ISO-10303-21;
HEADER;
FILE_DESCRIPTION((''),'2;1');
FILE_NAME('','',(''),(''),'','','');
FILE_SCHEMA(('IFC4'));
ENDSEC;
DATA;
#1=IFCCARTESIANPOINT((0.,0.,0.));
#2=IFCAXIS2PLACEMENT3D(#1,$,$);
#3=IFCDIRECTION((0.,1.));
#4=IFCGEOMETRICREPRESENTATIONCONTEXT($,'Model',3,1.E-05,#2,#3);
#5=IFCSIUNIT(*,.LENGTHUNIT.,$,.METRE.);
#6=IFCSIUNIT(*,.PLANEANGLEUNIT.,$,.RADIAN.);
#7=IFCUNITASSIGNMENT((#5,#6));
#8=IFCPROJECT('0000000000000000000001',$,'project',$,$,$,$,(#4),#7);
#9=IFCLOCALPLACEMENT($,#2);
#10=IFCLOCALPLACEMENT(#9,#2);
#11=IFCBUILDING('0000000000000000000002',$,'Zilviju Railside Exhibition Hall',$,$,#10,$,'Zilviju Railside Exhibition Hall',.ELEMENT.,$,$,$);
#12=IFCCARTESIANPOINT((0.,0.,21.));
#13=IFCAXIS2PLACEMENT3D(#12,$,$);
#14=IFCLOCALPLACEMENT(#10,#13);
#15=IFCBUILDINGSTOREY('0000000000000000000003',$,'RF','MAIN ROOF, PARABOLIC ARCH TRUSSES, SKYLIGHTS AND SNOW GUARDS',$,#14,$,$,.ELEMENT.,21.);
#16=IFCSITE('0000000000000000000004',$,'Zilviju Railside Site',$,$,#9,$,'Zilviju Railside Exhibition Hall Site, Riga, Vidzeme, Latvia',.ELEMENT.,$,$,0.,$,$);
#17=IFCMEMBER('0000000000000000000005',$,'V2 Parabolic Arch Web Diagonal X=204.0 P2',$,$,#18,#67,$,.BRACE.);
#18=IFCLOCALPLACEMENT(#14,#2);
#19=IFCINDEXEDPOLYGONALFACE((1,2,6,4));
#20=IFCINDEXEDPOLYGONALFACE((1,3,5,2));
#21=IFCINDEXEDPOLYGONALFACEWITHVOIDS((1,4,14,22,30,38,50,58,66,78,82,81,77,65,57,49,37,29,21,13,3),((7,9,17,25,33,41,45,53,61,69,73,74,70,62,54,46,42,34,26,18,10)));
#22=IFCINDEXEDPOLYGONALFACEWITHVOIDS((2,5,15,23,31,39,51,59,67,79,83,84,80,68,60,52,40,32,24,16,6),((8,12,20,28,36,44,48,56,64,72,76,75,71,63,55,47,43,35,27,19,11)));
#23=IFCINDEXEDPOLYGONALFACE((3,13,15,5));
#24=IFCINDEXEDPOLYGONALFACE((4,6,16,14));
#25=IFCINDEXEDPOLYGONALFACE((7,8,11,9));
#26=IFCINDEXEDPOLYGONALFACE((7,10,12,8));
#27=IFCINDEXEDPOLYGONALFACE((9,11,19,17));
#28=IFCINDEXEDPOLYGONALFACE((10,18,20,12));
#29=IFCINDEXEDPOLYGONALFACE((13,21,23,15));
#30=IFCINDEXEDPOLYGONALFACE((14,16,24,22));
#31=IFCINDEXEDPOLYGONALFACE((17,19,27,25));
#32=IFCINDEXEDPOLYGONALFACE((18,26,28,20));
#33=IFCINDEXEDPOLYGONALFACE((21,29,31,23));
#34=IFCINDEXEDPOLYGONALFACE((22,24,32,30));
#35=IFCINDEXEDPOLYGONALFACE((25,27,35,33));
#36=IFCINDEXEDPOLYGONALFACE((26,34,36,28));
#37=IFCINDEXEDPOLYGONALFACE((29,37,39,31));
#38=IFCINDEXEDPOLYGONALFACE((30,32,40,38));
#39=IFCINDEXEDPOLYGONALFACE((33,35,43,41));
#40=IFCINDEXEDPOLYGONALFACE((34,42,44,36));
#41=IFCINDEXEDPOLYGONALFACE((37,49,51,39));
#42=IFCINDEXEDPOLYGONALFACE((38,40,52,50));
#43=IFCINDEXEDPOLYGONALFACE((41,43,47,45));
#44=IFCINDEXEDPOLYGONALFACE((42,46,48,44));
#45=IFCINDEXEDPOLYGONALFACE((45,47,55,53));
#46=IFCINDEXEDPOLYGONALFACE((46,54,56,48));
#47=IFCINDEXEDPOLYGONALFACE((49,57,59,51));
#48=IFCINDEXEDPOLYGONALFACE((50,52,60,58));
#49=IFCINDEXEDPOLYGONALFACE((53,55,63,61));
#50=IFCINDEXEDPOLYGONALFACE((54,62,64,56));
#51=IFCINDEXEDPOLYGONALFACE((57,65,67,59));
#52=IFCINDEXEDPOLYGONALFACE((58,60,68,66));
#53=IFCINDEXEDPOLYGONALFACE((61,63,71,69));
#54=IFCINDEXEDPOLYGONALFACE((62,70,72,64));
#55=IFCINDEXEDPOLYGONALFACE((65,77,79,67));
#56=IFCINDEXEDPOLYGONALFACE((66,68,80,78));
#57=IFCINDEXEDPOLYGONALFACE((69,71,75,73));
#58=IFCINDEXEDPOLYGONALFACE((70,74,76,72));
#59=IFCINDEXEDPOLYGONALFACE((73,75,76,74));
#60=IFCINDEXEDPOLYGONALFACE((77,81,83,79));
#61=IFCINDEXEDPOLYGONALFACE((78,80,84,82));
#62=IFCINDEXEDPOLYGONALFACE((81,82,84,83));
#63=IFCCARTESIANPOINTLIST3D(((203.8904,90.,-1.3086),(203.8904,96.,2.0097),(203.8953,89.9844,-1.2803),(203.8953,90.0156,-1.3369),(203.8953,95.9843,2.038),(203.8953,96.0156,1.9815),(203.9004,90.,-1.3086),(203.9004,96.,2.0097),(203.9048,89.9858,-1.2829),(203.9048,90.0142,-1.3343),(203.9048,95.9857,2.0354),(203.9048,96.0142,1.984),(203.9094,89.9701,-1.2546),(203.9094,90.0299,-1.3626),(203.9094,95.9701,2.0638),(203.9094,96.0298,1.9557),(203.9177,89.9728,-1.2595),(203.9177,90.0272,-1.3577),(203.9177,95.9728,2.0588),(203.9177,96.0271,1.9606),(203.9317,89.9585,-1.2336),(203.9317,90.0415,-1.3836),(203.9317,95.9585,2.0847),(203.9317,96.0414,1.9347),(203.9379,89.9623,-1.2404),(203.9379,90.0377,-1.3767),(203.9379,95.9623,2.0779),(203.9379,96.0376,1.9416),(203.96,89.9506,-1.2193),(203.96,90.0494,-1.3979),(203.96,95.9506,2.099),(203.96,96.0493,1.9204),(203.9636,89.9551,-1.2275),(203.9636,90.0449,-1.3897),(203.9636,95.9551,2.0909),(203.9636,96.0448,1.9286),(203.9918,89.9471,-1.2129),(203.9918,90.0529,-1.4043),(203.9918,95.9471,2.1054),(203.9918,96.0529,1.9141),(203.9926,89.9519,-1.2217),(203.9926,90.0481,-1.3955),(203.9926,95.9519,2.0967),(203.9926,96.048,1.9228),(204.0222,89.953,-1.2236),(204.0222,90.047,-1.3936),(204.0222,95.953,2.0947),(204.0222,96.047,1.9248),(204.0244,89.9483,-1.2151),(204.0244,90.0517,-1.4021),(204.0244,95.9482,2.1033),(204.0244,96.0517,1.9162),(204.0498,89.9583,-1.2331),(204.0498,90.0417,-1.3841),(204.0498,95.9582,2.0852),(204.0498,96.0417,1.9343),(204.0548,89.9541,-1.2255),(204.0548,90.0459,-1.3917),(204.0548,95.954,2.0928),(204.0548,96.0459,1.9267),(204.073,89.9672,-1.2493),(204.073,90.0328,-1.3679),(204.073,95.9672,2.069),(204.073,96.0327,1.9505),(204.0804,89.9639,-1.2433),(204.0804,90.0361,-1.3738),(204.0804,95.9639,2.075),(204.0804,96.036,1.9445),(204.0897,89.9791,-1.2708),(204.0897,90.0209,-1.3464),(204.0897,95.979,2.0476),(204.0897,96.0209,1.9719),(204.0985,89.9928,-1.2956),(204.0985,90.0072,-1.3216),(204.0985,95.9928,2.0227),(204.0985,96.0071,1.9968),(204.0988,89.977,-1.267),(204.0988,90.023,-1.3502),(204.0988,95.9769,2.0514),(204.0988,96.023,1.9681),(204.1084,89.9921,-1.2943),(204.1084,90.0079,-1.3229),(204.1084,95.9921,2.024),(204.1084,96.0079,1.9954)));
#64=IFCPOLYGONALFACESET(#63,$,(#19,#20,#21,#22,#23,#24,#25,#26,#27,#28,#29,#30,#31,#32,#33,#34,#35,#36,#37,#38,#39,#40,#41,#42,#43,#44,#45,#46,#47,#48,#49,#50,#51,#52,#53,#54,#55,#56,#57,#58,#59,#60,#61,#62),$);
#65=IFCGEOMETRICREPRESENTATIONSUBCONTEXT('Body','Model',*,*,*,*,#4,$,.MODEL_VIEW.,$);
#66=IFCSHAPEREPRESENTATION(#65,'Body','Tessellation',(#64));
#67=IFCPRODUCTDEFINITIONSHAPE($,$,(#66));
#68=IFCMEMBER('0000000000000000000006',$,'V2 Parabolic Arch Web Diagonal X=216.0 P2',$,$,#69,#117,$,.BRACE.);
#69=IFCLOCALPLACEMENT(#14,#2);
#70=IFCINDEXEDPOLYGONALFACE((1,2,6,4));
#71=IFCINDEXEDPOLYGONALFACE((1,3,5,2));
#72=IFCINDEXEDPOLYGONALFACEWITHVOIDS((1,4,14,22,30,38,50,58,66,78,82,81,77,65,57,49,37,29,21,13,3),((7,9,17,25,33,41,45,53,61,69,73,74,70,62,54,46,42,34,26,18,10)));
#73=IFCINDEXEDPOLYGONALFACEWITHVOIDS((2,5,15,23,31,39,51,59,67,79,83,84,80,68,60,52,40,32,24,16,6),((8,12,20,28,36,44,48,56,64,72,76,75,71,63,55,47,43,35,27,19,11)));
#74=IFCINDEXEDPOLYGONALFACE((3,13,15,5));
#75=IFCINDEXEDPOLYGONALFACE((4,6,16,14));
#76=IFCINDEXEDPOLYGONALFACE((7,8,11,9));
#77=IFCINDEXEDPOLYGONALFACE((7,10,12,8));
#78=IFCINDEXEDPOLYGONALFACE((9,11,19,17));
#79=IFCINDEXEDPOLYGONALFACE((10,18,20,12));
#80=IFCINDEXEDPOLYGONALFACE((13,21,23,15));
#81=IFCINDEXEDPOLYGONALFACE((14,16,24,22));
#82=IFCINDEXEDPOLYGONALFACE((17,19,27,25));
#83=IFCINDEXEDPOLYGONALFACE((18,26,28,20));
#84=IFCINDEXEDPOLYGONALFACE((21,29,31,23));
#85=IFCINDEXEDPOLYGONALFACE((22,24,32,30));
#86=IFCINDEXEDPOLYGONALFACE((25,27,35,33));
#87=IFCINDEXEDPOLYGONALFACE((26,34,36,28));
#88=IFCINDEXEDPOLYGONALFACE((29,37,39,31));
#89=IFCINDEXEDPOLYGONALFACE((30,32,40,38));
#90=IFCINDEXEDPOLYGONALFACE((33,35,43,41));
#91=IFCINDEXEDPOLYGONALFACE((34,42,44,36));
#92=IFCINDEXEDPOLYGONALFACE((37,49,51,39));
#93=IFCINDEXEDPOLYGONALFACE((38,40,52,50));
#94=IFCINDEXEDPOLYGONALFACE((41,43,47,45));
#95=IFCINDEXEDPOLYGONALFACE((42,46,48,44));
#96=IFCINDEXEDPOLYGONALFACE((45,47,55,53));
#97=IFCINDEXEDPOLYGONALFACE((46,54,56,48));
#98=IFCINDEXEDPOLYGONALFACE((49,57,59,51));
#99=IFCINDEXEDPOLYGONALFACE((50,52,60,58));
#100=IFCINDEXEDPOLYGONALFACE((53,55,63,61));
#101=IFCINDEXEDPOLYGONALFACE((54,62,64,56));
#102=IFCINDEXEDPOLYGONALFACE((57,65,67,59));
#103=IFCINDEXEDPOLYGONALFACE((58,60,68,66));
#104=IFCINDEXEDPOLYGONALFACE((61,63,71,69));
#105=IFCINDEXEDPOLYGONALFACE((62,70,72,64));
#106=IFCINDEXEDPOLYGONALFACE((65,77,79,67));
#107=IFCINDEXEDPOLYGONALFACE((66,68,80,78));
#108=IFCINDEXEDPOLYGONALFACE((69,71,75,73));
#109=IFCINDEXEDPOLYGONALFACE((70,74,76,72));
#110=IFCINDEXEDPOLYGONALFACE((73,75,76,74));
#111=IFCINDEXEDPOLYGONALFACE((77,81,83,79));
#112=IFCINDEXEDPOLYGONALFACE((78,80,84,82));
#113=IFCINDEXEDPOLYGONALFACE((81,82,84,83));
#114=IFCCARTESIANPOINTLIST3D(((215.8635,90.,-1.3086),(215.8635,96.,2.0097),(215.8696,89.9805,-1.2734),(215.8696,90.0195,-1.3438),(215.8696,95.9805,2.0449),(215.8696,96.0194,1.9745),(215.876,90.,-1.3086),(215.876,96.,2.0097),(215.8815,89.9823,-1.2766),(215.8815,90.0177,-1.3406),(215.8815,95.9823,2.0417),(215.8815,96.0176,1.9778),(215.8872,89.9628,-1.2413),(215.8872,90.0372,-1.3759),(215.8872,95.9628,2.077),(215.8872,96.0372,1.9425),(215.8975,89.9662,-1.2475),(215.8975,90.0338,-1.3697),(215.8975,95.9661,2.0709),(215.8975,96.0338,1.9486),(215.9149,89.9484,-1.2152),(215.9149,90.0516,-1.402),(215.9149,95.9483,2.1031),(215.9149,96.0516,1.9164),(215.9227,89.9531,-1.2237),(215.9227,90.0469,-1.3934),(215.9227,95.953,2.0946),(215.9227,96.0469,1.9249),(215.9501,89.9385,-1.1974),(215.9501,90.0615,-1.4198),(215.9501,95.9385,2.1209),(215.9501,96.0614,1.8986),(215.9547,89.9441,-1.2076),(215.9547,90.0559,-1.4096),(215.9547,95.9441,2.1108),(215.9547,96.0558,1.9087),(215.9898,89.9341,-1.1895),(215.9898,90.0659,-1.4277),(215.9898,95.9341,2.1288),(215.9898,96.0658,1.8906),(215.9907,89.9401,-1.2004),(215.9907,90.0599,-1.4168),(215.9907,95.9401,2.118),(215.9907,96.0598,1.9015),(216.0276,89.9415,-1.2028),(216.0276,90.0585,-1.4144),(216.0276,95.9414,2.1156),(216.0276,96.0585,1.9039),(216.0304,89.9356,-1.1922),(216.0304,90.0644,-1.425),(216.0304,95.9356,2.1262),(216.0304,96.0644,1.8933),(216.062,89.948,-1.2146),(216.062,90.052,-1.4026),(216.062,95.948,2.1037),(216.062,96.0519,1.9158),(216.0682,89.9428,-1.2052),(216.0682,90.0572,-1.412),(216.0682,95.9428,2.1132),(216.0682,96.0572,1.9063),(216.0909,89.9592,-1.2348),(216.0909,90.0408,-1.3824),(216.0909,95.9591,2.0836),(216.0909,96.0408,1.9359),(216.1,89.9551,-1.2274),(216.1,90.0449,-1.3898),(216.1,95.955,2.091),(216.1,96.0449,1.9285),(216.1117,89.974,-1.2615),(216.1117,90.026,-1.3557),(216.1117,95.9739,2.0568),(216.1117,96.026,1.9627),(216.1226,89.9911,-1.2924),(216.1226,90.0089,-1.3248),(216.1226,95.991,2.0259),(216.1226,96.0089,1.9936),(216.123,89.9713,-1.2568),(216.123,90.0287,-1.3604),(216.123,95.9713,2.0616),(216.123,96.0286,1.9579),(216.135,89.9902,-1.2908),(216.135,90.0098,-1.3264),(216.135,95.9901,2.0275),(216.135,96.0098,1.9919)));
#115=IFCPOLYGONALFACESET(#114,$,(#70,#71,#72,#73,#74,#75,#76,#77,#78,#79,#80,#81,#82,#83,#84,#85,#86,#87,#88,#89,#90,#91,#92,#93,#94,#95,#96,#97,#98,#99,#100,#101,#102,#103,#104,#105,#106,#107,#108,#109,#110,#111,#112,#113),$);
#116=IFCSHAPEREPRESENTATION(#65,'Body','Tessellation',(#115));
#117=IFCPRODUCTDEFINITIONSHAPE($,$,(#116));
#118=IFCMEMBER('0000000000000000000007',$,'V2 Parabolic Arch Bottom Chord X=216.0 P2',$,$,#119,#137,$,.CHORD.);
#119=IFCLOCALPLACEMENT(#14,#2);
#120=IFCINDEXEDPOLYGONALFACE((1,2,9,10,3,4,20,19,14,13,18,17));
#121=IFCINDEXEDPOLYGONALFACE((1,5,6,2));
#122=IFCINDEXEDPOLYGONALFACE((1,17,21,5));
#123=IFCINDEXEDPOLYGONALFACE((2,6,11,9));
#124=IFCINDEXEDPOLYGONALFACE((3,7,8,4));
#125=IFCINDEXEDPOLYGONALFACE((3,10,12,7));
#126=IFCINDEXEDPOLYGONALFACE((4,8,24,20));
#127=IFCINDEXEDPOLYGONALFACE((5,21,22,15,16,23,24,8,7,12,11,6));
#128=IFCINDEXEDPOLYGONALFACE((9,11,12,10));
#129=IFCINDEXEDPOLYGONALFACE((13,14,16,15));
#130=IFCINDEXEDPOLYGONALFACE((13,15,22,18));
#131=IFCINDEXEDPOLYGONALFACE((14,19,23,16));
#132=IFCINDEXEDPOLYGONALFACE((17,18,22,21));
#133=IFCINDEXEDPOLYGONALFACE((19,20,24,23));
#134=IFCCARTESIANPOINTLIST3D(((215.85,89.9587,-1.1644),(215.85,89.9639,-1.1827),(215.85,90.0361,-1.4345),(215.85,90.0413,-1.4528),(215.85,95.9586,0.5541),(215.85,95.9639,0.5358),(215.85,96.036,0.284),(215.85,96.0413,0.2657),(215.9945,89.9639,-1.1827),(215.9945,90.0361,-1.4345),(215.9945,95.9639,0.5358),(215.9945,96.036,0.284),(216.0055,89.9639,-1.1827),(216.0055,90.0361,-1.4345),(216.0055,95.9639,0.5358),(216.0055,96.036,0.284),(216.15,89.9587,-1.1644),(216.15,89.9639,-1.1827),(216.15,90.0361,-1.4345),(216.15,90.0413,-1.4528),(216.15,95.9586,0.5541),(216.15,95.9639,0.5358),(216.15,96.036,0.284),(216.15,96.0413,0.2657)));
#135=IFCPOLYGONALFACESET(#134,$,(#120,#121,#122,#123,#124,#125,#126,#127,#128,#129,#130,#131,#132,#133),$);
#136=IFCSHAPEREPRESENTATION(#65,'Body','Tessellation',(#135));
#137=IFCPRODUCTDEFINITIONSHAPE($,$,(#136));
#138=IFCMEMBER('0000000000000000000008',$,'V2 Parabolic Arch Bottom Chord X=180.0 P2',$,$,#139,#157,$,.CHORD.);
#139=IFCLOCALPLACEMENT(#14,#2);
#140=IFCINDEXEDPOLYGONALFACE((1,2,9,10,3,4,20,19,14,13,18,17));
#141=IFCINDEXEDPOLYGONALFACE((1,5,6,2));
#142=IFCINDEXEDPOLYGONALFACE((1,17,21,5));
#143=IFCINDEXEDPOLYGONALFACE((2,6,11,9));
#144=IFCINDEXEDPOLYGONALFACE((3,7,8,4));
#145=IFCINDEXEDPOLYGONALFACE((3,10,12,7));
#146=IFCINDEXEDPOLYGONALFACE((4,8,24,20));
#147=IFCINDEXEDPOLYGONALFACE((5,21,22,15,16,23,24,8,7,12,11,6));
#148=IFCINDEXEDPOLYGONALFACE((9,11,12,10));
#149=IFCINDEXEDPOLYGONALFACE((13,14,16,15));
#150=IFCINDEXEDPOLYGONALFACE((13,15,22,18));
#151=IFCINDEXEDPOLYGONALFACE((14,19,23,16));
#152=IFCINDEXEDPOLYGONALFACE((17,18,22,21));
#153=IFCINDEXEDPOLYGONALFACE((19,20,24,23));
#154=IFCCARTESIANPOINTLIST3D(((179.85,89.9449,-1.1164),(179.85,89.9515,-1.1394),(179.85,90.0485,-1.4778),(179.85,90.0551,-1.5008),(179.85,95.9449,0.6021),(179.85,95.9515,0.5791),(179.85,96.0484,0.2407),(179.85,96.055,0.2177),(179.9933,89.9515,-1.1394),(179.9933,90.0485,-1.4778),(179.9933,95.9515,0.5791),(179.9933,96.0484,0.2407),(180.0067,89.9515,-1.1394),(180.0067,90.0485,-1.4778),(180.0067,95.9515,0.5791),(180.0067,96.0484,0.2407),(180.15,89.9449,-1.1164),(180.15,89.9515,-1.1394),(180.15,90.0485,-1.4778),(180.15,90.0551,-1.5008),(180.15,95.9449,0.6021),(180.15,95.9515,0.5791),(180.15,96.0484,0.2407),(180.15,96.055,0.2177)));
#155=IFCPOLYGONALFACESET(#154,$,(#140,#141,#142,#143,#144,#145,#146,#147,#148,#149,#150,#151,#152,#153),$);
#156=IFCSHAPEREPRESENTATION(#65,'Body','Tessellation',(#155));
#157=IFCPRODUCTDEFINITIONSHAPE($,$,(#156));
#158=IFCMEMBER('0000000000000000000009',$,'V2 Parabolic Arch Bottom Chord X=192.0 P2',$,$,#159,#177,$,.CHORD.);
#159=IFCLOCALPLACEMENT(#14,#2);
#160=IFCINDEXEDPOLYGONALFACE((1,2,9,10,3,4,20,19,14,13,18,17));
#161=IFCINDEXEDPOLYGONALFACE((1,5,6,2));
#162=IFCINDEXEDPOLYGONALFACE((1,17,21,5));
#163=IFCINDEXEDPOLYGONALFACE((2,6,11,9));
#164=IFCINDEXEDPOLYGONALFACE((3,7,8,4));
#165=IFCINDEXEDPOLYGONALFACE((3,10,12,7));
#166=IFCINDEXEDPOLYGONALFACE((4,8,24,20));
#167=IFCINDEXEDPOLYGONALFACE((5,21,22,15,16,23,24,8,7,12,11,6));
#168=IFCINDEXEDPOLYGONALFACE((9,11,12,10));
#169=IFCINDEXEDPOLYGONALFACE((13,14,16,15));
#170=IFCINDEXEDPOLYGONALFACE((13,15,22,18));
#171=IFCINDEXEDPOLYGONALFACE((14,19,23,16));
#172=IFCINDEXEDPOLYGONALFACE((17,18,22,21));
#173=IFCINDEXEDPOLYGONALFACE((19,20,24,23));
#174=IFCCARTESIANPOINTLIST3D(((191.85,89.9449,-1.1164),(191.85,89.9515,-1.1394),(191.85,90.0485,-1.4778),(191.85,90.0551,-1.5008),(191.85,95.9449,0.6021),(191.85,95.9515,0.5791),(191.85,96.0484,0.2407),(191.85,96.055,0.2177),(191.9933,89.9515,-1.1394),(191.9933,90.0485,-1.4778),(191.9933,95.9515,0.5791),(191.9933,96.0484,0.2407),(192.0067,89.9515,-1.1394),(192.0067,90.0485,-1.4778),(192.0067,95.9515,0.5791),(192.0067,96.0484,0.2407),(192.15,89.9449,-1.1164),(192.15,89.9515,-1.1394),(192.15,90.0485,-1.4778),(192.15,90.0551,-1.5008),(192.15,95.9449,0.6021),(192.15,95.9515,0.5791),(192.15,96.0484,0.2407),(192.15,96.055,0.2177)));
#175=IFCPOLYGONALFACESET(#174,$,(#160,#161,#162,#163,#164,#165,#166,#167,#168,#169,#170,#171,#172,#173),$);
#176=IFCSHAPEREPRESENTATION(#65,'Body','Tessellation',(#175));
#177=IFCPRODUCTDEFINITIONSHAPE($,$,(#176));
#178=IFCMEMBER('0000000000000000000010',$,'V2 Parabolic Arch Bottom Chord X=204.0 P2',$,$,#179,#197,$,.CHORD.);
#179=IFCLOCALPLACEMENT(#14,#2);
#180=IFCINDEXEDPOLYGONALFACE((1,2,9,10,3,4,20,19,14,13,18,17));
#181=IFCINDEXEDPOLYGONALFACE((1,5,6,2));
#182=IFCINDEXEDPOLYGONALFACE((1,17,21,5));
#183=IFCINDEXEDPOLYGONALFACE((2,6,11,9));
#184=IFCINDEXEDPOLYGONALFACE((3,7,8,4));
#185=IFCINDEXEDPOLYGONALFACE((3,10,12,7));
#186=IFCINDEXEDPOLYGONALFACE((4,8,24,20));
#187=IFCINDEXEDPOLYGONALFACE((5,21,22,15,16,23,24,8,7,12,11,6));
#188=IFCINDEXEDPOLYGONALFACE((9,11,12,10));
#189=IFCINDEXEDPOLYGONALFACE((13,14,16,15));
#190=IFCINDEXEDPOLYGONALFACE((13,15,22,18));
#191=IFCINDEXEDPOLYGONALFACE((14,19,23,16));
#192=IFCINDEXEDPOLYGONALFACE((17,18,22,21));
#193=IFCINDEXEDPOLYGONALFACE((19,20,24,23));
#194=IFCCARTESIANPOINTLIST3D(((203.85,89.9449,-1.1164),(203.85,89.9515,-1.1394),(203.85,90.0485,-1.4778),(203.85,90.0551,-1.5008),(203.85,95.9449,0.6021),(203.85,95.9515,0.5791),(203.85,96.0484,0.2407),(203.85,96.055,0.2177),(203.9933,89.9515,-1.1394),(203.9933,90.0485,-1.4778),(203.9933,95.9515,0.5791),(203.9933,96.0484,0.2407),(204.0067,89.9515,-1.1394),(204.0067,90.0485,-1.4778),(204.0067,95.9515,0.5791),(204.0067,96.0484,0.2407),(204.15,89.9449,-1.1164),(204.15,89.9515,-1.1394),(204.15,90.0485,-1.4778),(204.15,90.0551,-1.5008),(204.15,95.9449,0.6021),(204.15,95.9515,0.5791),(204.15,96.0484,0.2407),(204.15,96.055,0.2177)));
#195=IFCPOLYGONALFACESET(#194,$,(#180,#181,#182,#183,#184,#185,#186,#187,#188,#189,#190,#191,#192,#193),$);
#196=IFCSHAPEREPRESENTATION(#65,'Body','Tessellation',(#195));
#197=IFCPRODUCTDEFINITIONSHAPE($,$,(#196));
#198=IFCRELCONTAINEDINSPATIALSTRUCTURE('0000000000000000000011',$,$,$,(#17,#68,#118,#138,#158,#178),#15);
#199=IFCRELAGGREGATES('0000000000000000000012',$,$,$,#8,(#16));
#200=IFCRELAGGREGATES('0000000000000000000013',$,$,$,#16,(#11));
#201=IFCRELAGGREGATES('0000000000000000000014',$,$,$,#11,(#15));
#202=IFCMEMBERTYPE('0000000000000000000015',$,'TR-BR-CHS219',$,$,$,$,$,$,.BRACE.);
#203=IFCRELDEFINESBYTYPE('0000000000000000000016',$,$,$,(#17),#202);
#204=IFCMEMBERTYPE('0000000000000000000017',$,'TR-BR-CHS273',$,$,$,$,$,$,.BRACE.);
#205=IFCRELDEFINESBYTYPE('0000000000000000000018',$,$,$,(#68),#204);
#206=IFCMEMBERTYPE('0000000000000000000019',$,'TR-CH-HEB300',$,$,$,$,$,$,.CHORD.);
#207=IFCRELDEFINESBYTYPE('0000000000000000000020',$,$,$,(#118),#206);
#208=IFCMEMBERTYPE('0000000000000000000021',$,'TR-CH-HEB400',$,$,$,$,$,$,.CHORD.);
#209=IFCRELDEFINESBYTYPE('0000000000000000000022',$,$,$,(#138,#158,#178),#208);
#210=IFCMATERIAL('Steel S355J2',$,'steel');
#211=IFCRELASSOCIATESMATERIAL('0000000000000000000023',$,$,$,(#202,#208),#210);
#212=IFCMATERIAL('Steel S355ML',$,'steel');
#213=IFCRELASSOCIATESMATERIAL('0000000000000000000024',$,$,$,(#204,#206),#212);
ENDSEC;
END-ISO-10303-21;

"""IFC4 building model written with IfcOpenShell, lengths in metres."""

from ifc_helpers import new_model, si_unit, direction, frame, origin, origin_2d, place, context, subcontext, project, spatial, hollow_circle, i_section, extrude, material, material_profile, profile_set, type_object, element, save


model = new_model("IFC4")

# Units and contexts
model_context = context("Model", 3, precision=1e-05, world=origin(), true_north=direction((0.0, 1.0)))
body_context = subcontext(model_context, "Body", "Model", "MODEL_VIEW")
ifc_project = project(units=[si_unit("LENGTHUNIT", "METRE"), si_unit("PLANEANGLEUNIT", "RADIAN")], contexts=[model_context])

# Site, building, storey
site_placement = place(None, origin())
site = spatial("IfcSite", under=ifc_project, at=site_placement, Name="Zilviju Railside Site", LongName="Zilviju Railside Exhibition Hall Site, Riga, Vidzeme, Latvia", CompositionType="ELEMENT", RefElevation=0.0)
building_placement = place(site_placement, origin())
building = spatial("IfcBuilding", under=site, at=building_placement, Name="Zilviju Railside Exhibition Hall", LongName="Zilviju Railside Exhibition Hall", CompositionType="ELEMENT")
storey_placement = place(building_placement, frame((0.0, 0.0, 21.0)))
storey = spatial("IfcBuildingStorey", under=building, at=storey_placement, Name="RF", Description="MAIN ROOF, PARABOLIC ARCH TRUSSES, SKYLIGHTS AND SNOW GUARDS", CompositionType="ELEMENT", Elevation=21.0)

# Members
ifc_material_1 = material(Name="Steel S355J2", Category="steel")
ifc_material_profile_1 = material_profile(ifc_material_1, hollow_circle(Radius=0.1096, WallThickness=0.01, at=origin_2d()), Name="CHS 219.1x10.0")
ifc_profile_set_1 = profile_set([ifc_material_profile_1], Name="Steel S355J2")
member_type_1 = type_object("IfcMemberType", Name="TR-BR-CHS219", PredefinedType="BRACE", material=ifc_profile_set_1)
for number, where, z_axis, x_axis, name in (
    (1, (204.0, 90.0, -1.3086), (0.0, 0.875083, 0.483973), (-1.0, 0.0, 0.0), "V2 Parabolic Arch Web Diagonal X=204.0 P2"),
):
    element("IfcMember", number, at=place(storey_placement, frame(where, z_axis=z_axis, x_axis=x_axis)), inside=storey, type_object=member_type_1, Name=name, PredefinedType="BRACE", context=body_context, shape_type="SweptSolid", body=[
        extrude(hollow_circle(Radius=0.1096, WallThickness=0.01, at=origin_2d()), origin(), (0.0, 0.0, 1.0), 6.8564),
    ])
ifc_material_2 = material(Name="Steel S355ML", Category="steel")
ifc_material_profile_2 = material_profile(ifc_material_2, hollow_circle(Radius=0.1365, WallThickness=0.0125, at=origin_2d()), Name="CHS 273.0x12.5")
ifc_profile_set_2 = profile_set([ifc_material_profile_2], Name="Steel S355ML")
member_type_2 = type_object("IfcMemberType", Name="TR-BR-CHS273", PredefinedType="BRACE", material=ifc_profile_set_2)
member_1_placement = place(storey_placement, frame((216.0, 90.0, -1.3086), z_axis=(0.0, 0.875083, 0.483973), x_axis=(-1.0, 0.0, 0.0)))
element("IfcMember", 2, at=member_1_placement, inside=storey, type_object=member_type_2, Name="V2 Parabolic Arch Web Diagonal X=216.0 P2", PredefinedType="BRACE", context=body_context, shape_type="SweptSolid", body=[
    extrude(hollow_circle(Radius=0.1365, WallThickness=0.0125, at=origin_2d()), origin(), (0.0, 0.0, 1.0), 6.8564),
])
ifc_material_profile_3 = material_profile(ifc_material_2, i_section(OverallWidth=0.3, OverallDepth=0.3, WebThickness=0.011, FlangeThickness=0.019, at=origin_2d()), Name="HEB 300")
ifc_profile_set_3 = profile_set([ifc_material_profile_3], Name="Steel S355ML")
member_type_3 = type_object("IfcMemberType", Name="TR-CH-HEB300", PredefinedType="CHORD", material=ifc_profile_set_3)
member_2_placement = place(storey_placement, frame((216.0, 90.0, -1.3086), z_axis=(0.0, 0.961345, 0.275346), x_axis=(-1.0, 0.0, 0.0)))
element("IfcMember", 3, at=member_2_placement, inside=storey, type_object=member_type_3, Name="V2 Parabolic Arch Bottom Chord X=216.0 P2", PredefinedType="CHORD", context=body_context, shape_type="SweptSolid", body=[
    extrude(i_section(OverallWidth=0.3, OverallDepth=0.3, WebThickness=0.011, FlangeThickness=0.019, at=origin_2d()), origin(), (0.0, 0.0, 1.0), 6.2412),
])
ifc_material_profile_4 = material_profile(ifc_material_1, i_section(OverallWidth=0.3, OverallDepth=0.3999, WebThickness=0.0134, FlangeThickness=0.0239, at=origin_2d()), Name="HEB 400")
ifc_profile_set_4 = profile_set([ifc_material_profile_4], Name="Steel S355J2")
member_type_4 = type_object("IfcMemberType", Name="TR-CH-HEB400", PredefinedType="CHORD", material=ifc_profile_set_4)
for number, where, z_axis, x_axis, name in (
    (4, (180.0, 90.0, -1.3086), (0.0, 0.961345, 0.275346), (-1.0, 0.0, 0.0), "V2 Parabolic Arch Bottom Chord X=180.0 P2"),
    (5, (192.0, 90.0, -1.3086), (0.0, 0.961345, 0.275346), (-1.0, 0.0, 0.0), "V2 Parabolic Arch Bottom Chord X=192.0 P2"),
    (6, (204.0, 90.0, -1.3086), (0.0, 0.961345, 0.275346), (-1.0, 0.0, 0.0), "V2 Parabolic Arch Bottom Chord X=204.0 P2"),
):
    element("IfcMember", number, at=place(storey_placement, frame(where, z_axis=z_axis, x_axis=x_axis)), inside=storey, type_object=member_type_4, Name=name, PredefinedType="CHORD", context=body_context, shape_type="SweptSolid", body=[
        extrude(i_section(OverallWidth=0.3, OverallDepth=0.3999, WebThickness=0.0134, FlangeThickness=0.0239, at=origin_2d()), origin(), (0.0, 0.0, 1.0), 6.2412),
    ])

save(model, "model.ifc")
